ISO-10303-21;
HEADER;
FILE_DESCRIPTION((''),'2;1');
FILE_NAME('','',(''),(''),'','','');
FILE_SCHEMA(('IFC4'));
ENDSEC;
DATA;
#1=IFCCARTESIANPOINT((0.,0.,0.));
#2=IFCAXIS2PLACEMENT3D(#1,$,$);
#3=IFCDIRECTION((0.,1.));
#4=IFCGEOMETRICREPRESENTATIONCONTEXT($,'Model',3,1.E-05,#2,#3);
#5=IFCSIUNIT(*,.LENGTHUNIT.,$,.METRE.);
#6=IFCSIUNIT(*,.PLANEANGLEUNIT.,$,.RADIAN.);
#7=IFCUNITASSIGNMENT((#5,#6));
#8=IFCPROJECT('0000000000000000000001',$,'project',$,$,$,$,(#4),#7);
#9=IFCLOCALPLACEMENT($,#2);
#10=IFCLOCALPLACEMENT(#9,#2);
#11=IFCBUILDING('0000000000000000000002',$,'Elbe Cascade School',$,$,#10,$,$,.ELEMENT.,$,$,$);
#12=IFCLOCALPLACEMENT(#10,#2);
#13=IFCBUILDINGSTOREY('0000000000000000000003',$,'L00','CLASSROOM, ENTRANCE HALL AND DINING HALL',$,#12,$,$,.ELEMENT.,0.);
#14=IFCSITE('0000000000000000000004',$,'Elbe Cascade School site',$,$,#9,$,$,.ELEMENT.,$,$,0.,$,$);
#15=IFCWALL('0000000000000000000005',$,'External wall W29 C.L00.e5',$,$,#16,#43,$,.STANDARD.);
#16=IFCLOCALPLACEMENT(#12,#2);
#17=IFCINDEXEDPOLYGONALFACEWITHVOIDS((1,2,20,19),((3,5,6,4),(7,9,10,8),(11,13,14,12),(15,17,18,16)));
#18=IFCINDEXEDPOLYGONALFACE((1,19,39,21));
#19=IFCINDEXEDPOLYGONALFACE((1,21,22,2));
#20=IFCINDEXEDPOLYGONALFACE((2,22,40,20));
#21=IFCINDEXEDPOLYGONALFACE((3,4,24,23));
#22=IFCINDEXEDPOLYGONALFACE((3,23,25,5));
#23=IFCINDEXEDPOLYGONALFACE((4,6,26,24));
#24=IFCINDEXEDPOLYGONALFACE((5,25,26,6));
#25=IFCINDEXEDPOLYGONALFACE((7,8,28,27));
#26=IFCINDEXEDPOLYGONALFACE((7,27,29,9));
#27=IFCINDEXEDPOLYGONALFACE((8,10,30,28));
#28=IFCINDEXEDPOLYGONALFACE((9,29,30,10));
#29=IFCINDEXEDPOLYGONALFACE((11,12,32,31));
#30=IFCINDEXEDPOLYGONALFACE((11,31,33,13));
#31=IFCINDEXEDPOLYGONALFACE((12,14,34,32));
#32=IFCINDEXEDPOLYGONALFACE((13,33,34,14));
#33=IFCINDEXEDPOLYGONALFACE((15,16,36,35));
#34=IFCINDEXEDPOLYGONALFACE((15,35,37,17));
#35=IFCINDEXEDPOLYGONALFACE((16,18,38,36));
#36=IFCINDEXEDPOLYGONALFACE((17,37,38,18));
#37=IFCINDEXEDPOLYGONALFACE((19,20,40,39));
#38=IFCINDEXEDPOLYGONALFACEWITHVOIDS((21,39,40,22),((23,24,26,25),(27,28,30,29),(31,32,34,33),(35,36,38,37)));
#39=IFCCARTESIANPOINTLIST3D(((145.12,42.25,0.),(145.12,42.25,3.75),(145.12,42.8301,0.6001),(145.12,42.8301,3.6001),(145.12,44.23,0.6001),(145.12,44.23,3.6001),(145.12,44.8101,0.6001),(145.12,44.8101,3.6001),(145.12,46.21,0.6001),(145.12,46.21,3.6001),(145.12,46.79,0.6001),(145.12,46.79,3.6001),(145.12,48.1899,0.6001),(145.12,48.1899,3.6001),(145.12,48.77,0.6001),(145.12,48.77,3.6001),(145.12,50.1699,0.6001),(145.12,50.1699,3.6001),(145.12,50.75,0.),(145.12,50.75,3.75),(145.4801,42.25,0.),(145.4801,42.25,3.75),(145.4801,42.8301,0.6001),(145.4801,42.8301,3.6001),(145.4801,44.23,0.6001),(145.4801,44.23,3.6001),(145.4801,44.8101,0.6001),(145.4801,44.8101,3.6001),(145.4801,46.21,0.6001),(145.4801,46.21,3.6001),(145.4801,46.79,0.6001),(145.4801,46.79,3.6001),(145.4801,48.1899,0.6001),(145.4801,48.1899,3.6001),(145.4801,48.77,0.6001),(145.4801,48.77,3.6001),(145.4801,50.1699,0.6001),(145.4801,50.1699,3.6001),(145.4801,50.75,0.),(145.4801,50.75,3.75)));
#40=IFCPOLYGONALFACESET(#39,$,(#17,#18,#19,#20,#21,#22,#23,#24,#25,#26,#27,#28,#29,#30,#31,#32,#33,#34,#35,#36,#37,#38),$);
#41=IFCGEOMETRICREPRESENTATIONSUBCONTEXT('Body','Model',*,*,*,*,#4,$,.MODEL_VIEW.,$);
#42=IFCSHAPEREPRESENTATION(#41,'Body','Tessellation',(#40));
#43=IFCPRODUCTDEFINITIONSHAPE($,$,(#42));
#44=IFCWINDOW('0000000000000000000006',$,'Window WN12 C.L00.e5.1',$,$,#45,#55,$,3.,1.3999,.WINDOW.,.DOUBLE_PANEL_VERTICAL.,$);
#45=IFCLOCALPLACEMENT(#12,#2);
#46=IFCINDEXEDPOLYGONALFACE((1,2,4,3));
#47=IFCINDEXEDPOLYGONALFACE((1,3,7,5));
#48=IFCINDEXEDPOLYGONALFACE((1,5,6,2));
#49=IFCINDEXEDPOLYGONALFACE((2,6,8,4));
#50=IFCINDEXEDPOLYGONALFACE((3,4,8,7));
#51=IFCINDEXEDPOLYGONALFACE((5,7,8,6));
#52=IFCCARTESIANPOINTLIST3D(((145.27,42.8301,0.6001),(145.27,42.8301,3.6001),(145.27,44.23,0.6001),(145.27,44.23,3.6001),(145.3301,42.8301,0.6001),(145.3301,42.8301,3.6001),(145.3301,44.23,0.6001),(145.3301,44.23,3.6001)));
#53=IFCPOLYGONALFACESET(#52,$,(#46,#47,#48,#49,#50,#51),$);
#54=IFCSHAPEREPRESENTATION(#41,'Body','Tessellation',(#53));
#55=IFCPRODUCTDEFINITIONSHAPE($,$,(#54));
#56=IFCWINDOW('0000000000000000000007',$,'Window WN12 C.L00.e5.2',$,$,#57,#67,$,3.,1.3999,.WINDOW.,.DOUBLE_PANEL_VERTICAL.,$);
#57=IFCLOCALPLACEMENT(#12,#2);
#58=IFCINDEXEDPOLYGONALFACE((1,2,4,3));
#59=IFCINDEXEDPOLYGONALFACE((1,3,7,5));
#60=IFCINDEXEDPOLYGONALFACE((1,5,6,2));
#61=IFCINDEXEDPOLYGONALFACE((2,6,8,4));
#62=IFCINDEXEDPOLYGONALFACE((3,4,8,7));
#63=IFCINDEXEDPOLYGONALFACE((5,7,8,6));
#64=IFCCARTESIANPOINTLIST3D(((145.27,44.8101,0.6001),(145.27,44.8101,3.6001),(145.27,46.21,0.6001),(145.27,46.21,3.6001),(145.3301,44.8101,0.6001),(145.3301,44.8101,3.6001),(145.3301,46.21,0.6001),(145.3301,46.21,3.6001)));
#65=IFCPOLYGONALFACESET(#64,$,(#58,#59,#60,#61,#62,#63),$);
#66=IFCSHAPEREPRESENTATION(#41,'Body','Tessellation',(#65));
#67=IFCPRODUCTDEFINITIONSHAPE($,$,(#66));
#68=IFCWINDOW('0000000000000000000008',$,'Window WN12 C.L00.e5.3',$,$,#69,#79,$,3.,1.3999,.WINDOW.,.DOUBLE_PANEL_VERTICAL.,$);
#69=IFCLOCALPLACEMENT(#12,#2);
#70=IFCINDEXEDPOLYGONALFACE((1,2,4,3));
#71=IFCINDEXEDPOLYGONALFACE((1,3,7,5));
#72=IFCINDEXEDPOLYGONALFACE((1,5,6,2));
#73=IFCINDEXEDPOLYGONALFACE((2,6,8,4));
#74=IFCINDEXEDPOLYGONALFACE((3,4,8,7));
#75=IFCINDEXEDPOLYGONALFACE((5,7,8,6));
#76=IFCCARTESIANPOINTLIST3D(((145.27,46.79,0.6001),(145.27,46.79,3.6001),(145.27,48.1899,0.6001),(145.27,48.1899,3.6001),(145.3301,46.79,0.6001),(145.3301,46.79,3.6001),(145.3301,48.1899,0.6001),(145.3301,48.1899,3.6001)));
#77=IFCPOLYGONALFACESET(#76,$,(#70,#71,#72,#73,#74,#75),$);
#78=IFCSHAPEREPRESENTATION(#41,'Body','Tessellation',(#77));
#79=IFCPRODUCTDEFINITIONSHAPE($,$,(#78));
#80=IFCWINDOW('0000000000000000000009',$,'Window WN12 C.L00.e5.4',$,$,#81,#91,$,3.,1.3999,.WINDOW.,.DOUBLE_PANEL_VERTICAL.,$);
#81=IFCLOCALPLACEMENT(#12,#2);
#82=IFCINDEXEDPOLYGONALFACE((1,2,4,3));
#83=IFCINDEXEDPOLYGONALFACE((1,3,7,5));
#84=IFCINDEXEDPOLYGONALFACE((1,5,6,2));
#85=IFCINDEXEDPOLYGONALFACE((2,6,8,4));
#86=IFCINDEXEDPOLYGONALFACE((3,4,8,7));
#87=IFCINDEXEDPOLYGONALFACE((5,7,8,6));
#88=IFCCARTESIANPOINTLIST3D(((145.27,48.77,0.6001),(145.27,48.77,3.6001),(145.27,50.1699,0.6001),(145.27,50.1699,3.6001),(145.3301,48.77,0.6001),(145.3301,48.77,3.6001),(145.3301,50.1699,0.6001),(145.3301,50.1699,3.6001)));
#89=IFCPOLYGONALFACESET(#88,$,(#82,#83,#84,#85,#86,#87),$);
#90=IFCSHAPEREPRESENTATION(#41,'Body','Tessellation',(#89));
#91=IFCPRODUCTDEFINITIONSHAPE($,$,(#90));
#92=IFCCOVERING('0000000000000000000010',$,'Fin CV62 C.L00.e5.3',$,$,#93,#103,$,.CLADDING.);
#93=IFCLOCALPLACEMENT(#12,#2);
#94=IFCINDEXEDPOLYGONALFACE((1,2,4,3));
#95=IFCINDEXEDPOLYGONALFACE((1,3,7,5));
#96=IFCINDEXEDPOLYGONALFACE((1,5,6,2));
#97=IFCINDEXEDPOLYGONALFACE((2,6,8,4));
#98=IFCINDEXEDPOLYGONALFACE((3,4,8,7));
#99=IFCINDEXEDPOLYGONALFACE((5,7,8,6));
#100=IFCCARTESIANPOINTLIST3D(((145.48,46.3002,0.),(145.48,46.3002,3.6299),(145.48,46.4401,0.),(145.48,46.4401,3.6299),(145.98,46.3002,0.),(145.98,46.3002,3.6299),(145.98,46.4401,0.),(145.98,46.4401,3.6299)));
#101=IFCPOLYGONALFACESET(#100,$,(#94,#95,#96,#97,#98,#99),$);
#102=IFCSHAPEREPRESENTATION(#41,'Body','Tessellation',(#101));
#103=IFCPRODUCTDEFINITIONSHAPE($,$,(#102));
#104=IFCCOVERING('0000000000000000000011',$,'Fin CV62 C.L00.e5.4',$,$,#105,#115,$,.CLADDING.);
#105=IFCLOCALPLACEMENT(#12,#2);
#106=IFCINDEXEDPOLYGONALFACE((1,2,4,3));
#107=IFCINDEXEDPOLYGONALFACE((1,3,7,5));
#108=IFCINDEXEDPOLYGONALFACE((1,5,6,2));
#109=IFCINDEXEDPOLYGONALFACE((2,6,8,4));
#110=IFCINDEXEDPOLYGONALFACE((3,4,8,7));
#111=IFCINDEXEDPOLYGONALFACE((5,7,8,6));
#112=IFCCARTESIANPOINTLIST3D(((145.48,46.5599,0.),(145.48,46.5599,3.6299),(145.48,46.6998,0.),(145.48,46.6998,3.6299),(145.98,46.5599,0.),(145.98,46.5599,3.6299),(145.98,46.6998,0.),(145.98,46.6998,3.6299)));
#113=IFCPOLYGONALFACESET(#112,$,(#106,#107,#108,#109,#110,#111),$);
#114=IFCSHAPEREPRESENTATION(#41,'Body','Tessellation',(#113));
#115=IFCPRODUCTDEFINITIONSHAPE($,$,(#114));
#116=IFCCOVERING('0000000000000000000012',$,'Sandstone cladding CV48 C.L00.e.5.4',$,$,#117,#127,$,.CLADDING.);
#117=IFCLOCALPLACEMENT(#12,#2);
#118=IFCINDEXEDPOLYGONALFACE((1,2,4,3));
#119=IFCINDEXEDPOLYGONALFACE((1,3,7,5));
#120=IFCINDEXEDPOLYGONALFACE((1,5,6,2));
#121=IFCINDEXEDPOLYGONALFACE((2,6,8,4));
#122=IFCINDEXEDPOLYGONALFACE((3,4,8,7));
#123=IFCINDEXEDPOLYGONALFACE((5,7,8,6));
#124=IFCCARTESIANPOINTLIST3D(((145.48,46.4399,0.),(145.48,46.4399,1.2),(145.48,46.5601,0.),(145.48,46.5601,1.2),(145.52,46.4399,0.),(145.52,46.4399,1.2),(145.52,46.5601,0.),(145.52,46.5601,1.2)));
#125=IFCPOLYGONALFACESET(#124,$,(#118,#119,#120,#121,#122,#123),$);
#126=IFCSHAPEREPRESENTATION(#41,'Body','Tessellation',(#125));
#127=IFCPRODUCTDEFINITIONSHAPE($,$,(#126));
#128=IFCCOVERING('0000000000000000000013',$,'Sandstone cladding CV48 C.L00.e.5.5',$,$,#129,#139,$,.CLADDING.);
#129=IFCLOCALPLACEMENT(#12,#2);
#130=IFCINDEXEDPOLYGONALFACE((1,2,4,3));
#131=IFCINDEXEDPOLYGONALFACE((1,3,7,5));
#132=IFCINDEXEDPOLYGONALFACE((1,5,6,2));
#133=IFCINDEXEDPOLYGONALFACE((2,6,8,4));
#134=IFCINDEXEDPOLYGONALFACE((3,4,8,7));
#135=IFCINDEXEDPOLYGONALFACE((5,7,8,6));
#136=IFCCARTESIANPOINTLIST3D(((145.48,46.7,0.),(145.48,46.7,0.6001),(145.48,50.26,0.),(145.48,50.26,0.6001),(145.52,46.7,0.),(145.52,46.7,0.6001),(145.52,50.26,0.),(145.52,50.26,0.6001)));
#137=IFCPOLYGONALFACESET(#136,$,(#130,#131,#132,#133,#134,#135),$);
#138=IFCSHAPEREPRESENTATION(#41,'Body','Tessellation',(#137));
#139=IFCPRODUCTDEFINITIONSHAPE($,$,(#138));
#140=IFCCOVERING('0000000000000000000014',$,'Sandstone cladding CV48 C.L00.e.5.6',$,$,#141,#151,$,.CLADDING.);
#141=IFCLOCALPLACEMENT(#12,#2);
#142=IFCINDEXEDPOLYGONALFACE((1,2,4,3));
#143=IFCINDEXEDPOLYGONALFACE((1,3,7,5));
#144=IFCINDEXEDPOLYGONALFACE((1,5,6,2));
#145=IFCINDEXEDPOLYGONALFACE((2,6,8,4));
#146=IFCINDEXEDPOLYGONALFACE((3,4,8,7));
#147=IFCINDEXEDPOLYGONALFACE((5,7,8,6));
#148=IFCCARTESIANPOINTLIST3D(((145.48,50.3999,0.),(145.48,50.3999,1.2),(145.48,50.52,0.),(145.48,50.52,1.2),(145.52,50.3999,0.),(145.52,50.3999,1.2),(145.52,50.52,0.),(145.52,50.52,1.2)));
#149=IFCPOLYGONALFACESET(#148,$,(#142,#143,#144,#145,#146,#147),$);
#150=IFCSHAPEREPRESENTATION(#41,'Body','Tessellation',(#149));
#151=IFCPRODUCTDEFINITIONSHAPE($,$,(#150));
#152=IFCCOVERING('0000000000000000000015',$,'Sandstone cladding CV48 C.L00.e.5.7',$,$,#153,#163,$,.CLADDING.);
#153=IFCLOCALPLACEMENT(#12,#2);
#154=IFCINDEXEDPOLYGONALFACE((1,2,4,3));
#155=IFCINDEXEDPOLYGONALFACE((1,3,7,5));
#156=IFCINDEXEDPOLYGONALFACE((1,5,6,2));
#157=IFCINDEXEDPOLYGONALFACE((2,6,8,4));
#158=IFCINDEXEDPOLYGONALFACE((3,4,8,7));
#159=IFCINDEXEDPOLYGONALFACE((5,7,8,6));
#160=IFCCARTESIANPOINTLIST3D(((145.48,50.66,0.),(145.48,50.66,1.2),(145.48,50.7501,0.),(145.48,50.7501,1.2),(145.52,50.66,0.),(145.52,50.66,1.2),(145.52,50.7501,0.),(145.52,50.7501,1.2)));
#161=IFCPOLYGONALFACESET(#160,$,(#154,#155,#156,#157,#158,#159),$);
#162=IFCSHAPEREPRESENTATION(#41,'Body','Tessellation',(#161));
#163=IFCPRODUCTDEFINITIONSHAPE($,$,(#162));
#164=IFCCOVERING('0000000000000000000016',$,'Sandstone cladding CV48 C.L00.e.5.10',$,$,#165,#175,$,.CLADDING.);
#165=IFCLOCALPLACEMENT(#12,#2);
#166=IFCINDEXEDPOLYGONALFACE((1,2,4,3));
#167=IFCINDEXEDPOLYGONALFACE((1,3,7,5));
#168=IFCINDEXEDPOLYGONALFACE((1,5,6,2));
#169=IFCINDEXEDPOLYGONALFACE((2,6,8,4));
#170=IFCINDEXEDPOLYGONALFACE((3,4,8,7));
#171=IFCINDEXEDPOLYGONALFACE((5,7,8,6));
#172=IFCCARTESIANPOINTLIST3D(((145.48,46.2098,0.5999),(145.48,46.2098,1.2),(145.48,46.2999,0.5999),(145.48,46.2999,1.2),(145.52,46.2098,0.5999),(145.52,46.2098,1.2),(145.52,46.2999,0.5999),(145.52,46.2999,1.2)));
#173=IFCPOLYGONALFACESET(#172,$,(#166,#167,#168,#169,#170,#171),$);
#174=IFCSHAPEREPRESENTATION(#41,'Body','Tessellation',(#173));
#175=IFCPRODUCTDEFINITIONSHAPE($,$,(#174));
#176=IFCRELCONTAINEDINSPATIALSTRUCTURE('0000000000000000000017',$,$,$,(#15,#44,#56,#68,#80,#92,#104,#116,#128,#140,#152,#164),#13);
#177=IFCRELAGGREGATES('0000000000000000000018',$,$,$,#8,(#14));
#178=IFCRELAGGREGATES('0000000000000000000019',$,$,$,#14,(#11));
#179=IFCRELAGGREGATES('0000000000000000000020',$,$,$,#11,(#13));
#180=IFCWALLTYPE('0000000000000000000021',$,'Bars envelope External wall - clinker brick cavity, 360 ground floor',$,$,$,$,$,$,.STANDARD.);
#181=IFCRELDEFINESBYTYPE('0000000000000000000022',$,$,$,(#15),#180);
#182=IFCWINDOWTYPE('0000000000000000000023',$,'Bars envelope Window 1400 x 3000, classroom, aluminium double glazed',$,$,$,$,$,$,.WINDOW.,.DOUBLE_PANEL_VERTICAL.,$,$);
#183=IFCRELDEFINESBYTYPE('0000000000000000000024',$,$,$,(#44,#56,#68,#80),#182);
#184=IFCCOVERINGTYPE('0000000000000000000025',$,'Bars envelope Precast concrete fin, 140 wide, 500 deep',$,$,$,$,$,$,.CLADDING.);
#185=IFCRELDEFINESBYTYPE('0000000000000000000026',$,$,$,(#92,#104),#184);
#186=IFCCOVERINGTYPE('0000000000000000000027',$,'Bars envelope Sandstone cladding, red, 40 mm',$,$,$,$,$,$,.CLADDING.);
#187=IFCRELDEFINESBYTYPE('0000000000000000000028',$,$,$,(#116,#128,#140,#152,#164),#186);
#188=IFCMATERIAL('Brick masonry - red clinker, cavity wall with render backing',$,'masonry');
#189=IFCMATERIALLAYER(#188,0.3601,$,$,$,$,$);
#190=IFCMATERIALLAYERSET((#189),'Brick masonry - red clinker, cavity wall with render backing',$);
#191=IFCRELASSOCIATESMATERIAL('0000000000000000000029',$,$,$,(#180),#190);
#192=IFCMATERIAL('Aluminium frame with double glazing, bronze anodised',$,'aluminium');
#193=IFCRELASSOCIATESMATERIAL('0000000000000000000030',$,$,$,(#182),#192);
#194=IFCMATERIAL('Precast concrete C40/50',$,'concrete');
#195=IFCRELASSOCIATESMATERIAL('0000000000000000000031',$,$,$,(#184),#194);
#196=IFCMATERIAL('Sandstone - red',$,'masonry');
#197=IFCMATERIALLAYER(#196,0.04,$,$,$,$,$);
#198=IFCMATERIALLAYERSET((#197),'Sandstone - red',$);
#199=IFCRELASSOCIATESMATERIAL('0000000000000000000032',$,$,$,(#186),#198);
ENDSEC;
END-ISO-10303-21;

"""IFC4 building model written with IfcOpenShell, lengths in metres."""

from ifc_helpers import new_model, si_unit, direction, frame, frame_2d, origin, origin_2d, place, context, subcontext, project, spatial, rectangle, extrude, material, layer, layer_set, type_object, element, fill, save


model = new_model("IFC4")

# Units and contexts
model_context = context("Model", 3, precision=1e-05, world=origin(), true_north=direction((0.0, 1.0)))
body_context = subcontext(model_context, "Body", "Model", "MODEL_VIEW")
ifc_project = project(units=[si_unit("LENGTHUNIT", "METRE"), si_unit("PLANEANGLEUNIT", "RADIAN")], contexts=[model_context])

# Site, building, storey
site_placement = place(None, origin())
site = spatial("IfcSite", under=ifc_project, at=site_placement, Name="Elbe Cascade School site", CompositionType="ELEMENT", RefElevation=0.0)
building_placement = place(site_placement, origin())
building = spatial("IfcBuilding", under=site, at=building_placement, Name="Elbe Cascade School", CompositionType="ELEMENT")
storey_placement = place(building_placement, origin())
storey = spatial("IfcBuildingStorey", under=building, at=storey_placement, Name="L00", Description="CLASSROOM, ENTRANCE HALL AND DINING HALL", CompositionType="ELEMENT", Elevation=0.0)

# Wall, openings, windows
ifc_material_1 = material(Name="Brick masonry - red clinker, cavity wall with render backing", Category="masonry")
ifc_layer_1 = layer(ifc_material_1, 0.3601)
ifc_layer_set_1 = layer_set([ifc_layer_1], Name="Brick masonry - red clinker, cavity wall with render backing")
wall_type = type_object("IfcWallType", Name="Bars envelope External wall - clinker brick cavity, 360 ground floor", PredefinedType="STANDARD", material=ifc_layer_set_1)
wall_placement = place(storey_placement, frame((145.3, 50.75, 0.0), z_axis=(0.0, 0.0, 1.0), x_axis=(0.0, -1.0, 0.0)))
wall = element("IfcWall", 1, at=wall_placement, inside=storey, type_object=wall_type, Name="External wall W29 C.L00.e5", PredefinedType="STANDARD", context=body_context, shape_type="SweptSolid", body=[
    extrude(rectangle(XDim=8.5, YDim=0.3601, at=frame_2d((4.25, 0.0))), origin(), (0.0, 0.0, 1.0), 3.75),
])
opening_1_placement = place(wall_placement, frame((6.52, 0.0, 0.6001)))
opening_1 = element("IfcOpeningElement", 2, at=opening_1_placement, cuts=wall, PredefinedType="OPENING", context=body_context, shape_type="SweptSolid", body=[
    extrude(rectangle(XDim=1.3999, YDim=3.0, at=frame_2d((0.7, 1.5))), frame((0.0, 0.1899, 0.0), z_axis=(0.0, -1.0, 0.0), x_axis=(1.0, 0.0, 0.0)), (0.0, 0.0, 1.0), 0.3801),
])
opening_2_placement = place(wall_placement, frame((4.54, 0.0, 0.6001)))
opening_2 = element("IfcOpeningElement", 3, at=opening_2_placement, cuts=wall, PredefinedType="OPENING", context=body_context, shape_type="SweptSolid", body=[
    extrude(rectangle(XDim=1.3999, YDim=3.0, at=frame_2d((0.7, 1.5))), frame((0.0, 0.1899, 0.0), z_axis=(0.0, -1.0, 0.0), x_axis=(1.0, 0.0, 0.0)), (0.0, 0.0, 1.0), 0.3801),
])
opening_3_placement = place(wall_placement, frame((2.5601, 0.0, 0.6001)))
opening_3 = element("IfcOpeningElement", 4, at=opening_3_placement, cuts=wall, PredefinedType="OPENING", context=body_context, shape_type="SweptSolid", body=[
    extrude(rectangle(XDim=1.3999, YDim=3.0, at=frame_2d((0.7, 1.5))), frame((0.0, 0.1899, 0.0), z_axis=(0.0, -1.0, 0.0), x_axis=(1.0, 0.0, 0.0)), (0.0, 0.0, 1.0), 0.3801),
])
opening_4_placement = place(wall_placement, frame((0.5801, 0.0, 0.6001)))
opening_4 = element("IfcOpeningElement", 5, at=opening_4_placement, cuts=wall, PredefinedType="OPENING", context=body_context, shape_type="SweptSolid", body=[
    extrude(rectangle(XDim=1.3999, YDim=3.0, at=frame_2d((0.7, 1.5))), frame((0.0, 0.1899, 0.0), z_axis=(0.0, -1.0, 0.0), x_axis=(1.0, 0.0, 0.0)), (0.0, 0.0, 1.0), 0.3801),
])
ifc_material_2 = material(Name="Aluminium frame with double glazing, bronze anodised", Category="aluminium")
window_type = type_object("IfcWindowType", Name="Bars envelope Window 1400 x 3000, classroom, aluminium double glazed", PartitioningType="DOUBLE_PANEL_VERTICAL", PredefinedType="WINDOW", material=ifc_material_2)
window_1_placement = place(opening_1_placement, origin())
window_1 = element("IfcWindow", 6, at=window_1_placement, inside=storey, type_object=window_type, Name="Window WN12 C.L00.e5.1", OverallHeight=3.0, OverallWidth=1.3999, PartitioningType="DOUBLE_PANEL_VERTICAL", PredefinedType="WINDOW", context=body_context, shape_type="SweptSolid", body=[
    extrude(rectangle(XDim=1.3999, YDim=3.0, at=frame_2d((0.7, 1.5))), frame((0.0, 0.03, 0.0), z_axis=(0.0, -1.0, 0.0), x_axis=(1.0, 0.0, 0.0)), (0.0, 0.0, 1.0), 0.0601),
])
fill(opening_1, window_1)
window_2_placement = place(opening_2_placement, origin())
window_2 = element("IfcWindow", 7, at=window_2_placement, inside=storey, type_object=window_type, Name="Window WN12 C.L00.e5.2", OverallHeight=3.0, OverallWidth=1.3999, PartitioningType="DOUBLE_PANEL_VERTICAL", PredefinedType="WINDOW", context=body_context, shape_type="SweptSolid", body=[
    extrude(rectangle(XDim=1.3999, YDim=3.0, at=frame_2d((0.7, 1.5))), frame((0.0, 0.03, 0.0), z_axis=(0.0, -1.0, 0.0), x_axis=(1.0, 0.0, 0.0)), (0.0, 0.0, 1.0), 0.0601),
])
fill(opening_2, window_2)
window_3_placement = place(opening_3_placement, origin())
window_3 = element("IfcWindow", 8, at=window_3_placement, inside=storey, type_object=window_type, Name="Window WN12 C.L00.e5.3", OverallHeight=3.0, OverallWidth=1.3999, PartitioningType="DOUBLE_PANEL_VERTICAL", PredefinedType="WINDOW", context=body_context, shape_type="SweptSolid", body=[
    extrude(rectangle(XDim=1.3999, YDim=3.0, at=frame_2d((0.7, 1.5))), frame((0.0, 0.03, 0.0), z_axis=(0.0, -1.0, 0.0), x_axis=(1.0, 0.0, 0.0)), (0.0, 0.0, 1.0), 0.0601),
])
fill(opening_3, window_3)
window_4_placement = place(opening_4_placement, origin())
window_4 = element("IfcWindow", 9, at=window_4_placement, inside=storey, type_object=window_type, Name="Window WN12 C.L00.e5.4", OverallHeight=3.0, OverallWidth=1.3999, PartitioningType="DOUBLE_PANEL_VERTICAL", PredefinedType="WINDOW", context=body_context, shape_type="SweptSolid", body=[
    extrude(rectangle(XDim=1.3999, YDim=3.0, at=frame_2d((0.7, 1.5))), frame((0.0, 0.03, 0.0), z_axis=(0.0, -1.0, 0.0), x_axis=(1.0, 0.0, 0.0)), (0.0, 0.0, 1.0), 0.0601),
])
fill(opening_4, window_4)

# Coverings
ifc_material_3 = material(Name="Precast concrete C40/50", Category="concrete")
covering_type_1 = type_object("IfcCoveringType", Name="Bars envelope Precast concrete fin, 140 wide, 500 deep", PredefinedType="CLADDING", material=ifc_material_3)
for number, where, z_axis, x_axis, name in (
    (10, (145.73, 46.3701, 0.0), (0.0, 0.0, 1.0), (0.0, 1.0, 0.0), "Fin CV62 C.L00.e5.3"),
    (11, (145.73, 46.6299, 0.0), (0.0, 0.0, 1.0), (0.0, 1.0, 0.0), "Fin CV62 C.L00.e5.4"),
):
    element("IfcCovering", number, at=place(storey_placement, frame(where, z_axis=z_axis, x_axis=x_axis)), inside=storey, type_object=covering_type_1, Name=name, PredefinedType="CLADDING", context=body_context, shape_type="SweptSolid", body=[
        extrude(rectangle(XDim=0.1399, YDim=0.5, at=origin_2d()), origin(), (0.0, 0.0, 1.0), 3.6299),
    ])
ifc_material_4 = material(Name="Sandstone - red", Category="masonry")
ifc_layer_2 = layer(ifc_material_4, 0.04)
ifc_layer_set_2 = layer_set([ifc_layer_2], Name="Sandstone - red")
covering_type_2 = type_object("IfcCoveringType", Name="Bars envelope Sandstone cladding, red, 40 mm", PredefinedType="CLADDING", material=ifc_layer_set_2)
covering_1_placement = place(storey_placement, frame((145.5, 46.5, 0.0), z_axis=(0.0, 0.0, 1.0), x_axis=(0.0, 1.0, 0.0)))
element("IfcCovering", 12, at=covering_1_placement, inside=storey, type_object=covering_type_2, Name="Sandstone cladding CV48 C.L00.e.5.4", PredefinedType="CLADDING", context=body_context, shape_type="SweptSolid", body=[
    extrude(rectangle(XDim=0.1201, YDim=0.04, at=origin_2d()), origin(), (0.0, 0.0, 1.0), 1.2),
])
covering_2_placement = place(storey_placement, frame((145.5, 48.48, 0.0), z_axis=(0.0, 0.0, 1.0), x_axis=(0.0, 1.0, 0.0)))
element("IfcCovering", 13, at=covering_2_placement, inside=storey, type_object=covering_type_2, Name="Sandstone cladding CV48 C.L00.e.5.5", PredefinedType="CLADDING", context=body_context, shape_type="SweptSolid", body=[
    extrude(rectangle(XDim=3.5601, YDim=0.04, at=origin_2d()), origin(), (0.0, 0.0, 1.0), 0.6001),
])
covering_3_placement = place(storey_placement, frame((145.5, 50.46, 0.0), z_axis=(0.0, 0.0, 1.0), x_axis=(0.0, 1.0, 0.0)))
element("IfcCovering", 14, at=covering_3_placement, inside=storey, type_object=covering_type_2, Name="Sandstone cladding CV48 C.L00.e.5.6", PredefinedType="CLADDING", context=body_context, shape_type="SweptSolid", body=[
    extrude(rectangle(XDim=0.1201, YDim=0.04, at=origin_2d()), origin(), (0.0, 0.0, 1.0), 1.2),
])
covering_4_placement = place(storey_placement, frame((145.5, 50.7051, 0.0), z_axis=(0.0, 0.0, 1.0), x_axis=(0.0, 1.0, 0.0)))
element("IfcCovering", 15, at=covering_4_placement, inside=storey, type_object=covering_type_2, Name="Sandstone cladding CV48 C.L00.e.5.7", PredefinedType="CLADDING", context=body_context, shape_type="SweptSolid", body=[
    extrude(rectangle(XDim=0.0901, YDim=0.04, at=origin_2d()), origin(), (0.0, 0.0, 1.0), 1.2),
])
for number, where, z_axis, x_axis, name in (
    (16, (145.5, 46.2549, 0.5999), (0.0, 0.0, 1.0), (0.0, 1.0, 0.0), "Sandstone cladding CV48 C.L00.e.5.10"),
):
    element("IfcCovering", number, at=place(storey_placement, frame(where, z_axis=z_axis, x_axis=x_axis)), inside=storey, type_object=covering_type_2, Name=name, PredefinedType="CLADDING", context=body_context, shape_type="SweptSolid", body=[
        extrude(rectangle(XDim=0.0901, YDim=0.04, at=origin_2d()), origin(), (0.0, 0.0, 1.0), 0.6001),
    ])

save(model, "model.ifc")
